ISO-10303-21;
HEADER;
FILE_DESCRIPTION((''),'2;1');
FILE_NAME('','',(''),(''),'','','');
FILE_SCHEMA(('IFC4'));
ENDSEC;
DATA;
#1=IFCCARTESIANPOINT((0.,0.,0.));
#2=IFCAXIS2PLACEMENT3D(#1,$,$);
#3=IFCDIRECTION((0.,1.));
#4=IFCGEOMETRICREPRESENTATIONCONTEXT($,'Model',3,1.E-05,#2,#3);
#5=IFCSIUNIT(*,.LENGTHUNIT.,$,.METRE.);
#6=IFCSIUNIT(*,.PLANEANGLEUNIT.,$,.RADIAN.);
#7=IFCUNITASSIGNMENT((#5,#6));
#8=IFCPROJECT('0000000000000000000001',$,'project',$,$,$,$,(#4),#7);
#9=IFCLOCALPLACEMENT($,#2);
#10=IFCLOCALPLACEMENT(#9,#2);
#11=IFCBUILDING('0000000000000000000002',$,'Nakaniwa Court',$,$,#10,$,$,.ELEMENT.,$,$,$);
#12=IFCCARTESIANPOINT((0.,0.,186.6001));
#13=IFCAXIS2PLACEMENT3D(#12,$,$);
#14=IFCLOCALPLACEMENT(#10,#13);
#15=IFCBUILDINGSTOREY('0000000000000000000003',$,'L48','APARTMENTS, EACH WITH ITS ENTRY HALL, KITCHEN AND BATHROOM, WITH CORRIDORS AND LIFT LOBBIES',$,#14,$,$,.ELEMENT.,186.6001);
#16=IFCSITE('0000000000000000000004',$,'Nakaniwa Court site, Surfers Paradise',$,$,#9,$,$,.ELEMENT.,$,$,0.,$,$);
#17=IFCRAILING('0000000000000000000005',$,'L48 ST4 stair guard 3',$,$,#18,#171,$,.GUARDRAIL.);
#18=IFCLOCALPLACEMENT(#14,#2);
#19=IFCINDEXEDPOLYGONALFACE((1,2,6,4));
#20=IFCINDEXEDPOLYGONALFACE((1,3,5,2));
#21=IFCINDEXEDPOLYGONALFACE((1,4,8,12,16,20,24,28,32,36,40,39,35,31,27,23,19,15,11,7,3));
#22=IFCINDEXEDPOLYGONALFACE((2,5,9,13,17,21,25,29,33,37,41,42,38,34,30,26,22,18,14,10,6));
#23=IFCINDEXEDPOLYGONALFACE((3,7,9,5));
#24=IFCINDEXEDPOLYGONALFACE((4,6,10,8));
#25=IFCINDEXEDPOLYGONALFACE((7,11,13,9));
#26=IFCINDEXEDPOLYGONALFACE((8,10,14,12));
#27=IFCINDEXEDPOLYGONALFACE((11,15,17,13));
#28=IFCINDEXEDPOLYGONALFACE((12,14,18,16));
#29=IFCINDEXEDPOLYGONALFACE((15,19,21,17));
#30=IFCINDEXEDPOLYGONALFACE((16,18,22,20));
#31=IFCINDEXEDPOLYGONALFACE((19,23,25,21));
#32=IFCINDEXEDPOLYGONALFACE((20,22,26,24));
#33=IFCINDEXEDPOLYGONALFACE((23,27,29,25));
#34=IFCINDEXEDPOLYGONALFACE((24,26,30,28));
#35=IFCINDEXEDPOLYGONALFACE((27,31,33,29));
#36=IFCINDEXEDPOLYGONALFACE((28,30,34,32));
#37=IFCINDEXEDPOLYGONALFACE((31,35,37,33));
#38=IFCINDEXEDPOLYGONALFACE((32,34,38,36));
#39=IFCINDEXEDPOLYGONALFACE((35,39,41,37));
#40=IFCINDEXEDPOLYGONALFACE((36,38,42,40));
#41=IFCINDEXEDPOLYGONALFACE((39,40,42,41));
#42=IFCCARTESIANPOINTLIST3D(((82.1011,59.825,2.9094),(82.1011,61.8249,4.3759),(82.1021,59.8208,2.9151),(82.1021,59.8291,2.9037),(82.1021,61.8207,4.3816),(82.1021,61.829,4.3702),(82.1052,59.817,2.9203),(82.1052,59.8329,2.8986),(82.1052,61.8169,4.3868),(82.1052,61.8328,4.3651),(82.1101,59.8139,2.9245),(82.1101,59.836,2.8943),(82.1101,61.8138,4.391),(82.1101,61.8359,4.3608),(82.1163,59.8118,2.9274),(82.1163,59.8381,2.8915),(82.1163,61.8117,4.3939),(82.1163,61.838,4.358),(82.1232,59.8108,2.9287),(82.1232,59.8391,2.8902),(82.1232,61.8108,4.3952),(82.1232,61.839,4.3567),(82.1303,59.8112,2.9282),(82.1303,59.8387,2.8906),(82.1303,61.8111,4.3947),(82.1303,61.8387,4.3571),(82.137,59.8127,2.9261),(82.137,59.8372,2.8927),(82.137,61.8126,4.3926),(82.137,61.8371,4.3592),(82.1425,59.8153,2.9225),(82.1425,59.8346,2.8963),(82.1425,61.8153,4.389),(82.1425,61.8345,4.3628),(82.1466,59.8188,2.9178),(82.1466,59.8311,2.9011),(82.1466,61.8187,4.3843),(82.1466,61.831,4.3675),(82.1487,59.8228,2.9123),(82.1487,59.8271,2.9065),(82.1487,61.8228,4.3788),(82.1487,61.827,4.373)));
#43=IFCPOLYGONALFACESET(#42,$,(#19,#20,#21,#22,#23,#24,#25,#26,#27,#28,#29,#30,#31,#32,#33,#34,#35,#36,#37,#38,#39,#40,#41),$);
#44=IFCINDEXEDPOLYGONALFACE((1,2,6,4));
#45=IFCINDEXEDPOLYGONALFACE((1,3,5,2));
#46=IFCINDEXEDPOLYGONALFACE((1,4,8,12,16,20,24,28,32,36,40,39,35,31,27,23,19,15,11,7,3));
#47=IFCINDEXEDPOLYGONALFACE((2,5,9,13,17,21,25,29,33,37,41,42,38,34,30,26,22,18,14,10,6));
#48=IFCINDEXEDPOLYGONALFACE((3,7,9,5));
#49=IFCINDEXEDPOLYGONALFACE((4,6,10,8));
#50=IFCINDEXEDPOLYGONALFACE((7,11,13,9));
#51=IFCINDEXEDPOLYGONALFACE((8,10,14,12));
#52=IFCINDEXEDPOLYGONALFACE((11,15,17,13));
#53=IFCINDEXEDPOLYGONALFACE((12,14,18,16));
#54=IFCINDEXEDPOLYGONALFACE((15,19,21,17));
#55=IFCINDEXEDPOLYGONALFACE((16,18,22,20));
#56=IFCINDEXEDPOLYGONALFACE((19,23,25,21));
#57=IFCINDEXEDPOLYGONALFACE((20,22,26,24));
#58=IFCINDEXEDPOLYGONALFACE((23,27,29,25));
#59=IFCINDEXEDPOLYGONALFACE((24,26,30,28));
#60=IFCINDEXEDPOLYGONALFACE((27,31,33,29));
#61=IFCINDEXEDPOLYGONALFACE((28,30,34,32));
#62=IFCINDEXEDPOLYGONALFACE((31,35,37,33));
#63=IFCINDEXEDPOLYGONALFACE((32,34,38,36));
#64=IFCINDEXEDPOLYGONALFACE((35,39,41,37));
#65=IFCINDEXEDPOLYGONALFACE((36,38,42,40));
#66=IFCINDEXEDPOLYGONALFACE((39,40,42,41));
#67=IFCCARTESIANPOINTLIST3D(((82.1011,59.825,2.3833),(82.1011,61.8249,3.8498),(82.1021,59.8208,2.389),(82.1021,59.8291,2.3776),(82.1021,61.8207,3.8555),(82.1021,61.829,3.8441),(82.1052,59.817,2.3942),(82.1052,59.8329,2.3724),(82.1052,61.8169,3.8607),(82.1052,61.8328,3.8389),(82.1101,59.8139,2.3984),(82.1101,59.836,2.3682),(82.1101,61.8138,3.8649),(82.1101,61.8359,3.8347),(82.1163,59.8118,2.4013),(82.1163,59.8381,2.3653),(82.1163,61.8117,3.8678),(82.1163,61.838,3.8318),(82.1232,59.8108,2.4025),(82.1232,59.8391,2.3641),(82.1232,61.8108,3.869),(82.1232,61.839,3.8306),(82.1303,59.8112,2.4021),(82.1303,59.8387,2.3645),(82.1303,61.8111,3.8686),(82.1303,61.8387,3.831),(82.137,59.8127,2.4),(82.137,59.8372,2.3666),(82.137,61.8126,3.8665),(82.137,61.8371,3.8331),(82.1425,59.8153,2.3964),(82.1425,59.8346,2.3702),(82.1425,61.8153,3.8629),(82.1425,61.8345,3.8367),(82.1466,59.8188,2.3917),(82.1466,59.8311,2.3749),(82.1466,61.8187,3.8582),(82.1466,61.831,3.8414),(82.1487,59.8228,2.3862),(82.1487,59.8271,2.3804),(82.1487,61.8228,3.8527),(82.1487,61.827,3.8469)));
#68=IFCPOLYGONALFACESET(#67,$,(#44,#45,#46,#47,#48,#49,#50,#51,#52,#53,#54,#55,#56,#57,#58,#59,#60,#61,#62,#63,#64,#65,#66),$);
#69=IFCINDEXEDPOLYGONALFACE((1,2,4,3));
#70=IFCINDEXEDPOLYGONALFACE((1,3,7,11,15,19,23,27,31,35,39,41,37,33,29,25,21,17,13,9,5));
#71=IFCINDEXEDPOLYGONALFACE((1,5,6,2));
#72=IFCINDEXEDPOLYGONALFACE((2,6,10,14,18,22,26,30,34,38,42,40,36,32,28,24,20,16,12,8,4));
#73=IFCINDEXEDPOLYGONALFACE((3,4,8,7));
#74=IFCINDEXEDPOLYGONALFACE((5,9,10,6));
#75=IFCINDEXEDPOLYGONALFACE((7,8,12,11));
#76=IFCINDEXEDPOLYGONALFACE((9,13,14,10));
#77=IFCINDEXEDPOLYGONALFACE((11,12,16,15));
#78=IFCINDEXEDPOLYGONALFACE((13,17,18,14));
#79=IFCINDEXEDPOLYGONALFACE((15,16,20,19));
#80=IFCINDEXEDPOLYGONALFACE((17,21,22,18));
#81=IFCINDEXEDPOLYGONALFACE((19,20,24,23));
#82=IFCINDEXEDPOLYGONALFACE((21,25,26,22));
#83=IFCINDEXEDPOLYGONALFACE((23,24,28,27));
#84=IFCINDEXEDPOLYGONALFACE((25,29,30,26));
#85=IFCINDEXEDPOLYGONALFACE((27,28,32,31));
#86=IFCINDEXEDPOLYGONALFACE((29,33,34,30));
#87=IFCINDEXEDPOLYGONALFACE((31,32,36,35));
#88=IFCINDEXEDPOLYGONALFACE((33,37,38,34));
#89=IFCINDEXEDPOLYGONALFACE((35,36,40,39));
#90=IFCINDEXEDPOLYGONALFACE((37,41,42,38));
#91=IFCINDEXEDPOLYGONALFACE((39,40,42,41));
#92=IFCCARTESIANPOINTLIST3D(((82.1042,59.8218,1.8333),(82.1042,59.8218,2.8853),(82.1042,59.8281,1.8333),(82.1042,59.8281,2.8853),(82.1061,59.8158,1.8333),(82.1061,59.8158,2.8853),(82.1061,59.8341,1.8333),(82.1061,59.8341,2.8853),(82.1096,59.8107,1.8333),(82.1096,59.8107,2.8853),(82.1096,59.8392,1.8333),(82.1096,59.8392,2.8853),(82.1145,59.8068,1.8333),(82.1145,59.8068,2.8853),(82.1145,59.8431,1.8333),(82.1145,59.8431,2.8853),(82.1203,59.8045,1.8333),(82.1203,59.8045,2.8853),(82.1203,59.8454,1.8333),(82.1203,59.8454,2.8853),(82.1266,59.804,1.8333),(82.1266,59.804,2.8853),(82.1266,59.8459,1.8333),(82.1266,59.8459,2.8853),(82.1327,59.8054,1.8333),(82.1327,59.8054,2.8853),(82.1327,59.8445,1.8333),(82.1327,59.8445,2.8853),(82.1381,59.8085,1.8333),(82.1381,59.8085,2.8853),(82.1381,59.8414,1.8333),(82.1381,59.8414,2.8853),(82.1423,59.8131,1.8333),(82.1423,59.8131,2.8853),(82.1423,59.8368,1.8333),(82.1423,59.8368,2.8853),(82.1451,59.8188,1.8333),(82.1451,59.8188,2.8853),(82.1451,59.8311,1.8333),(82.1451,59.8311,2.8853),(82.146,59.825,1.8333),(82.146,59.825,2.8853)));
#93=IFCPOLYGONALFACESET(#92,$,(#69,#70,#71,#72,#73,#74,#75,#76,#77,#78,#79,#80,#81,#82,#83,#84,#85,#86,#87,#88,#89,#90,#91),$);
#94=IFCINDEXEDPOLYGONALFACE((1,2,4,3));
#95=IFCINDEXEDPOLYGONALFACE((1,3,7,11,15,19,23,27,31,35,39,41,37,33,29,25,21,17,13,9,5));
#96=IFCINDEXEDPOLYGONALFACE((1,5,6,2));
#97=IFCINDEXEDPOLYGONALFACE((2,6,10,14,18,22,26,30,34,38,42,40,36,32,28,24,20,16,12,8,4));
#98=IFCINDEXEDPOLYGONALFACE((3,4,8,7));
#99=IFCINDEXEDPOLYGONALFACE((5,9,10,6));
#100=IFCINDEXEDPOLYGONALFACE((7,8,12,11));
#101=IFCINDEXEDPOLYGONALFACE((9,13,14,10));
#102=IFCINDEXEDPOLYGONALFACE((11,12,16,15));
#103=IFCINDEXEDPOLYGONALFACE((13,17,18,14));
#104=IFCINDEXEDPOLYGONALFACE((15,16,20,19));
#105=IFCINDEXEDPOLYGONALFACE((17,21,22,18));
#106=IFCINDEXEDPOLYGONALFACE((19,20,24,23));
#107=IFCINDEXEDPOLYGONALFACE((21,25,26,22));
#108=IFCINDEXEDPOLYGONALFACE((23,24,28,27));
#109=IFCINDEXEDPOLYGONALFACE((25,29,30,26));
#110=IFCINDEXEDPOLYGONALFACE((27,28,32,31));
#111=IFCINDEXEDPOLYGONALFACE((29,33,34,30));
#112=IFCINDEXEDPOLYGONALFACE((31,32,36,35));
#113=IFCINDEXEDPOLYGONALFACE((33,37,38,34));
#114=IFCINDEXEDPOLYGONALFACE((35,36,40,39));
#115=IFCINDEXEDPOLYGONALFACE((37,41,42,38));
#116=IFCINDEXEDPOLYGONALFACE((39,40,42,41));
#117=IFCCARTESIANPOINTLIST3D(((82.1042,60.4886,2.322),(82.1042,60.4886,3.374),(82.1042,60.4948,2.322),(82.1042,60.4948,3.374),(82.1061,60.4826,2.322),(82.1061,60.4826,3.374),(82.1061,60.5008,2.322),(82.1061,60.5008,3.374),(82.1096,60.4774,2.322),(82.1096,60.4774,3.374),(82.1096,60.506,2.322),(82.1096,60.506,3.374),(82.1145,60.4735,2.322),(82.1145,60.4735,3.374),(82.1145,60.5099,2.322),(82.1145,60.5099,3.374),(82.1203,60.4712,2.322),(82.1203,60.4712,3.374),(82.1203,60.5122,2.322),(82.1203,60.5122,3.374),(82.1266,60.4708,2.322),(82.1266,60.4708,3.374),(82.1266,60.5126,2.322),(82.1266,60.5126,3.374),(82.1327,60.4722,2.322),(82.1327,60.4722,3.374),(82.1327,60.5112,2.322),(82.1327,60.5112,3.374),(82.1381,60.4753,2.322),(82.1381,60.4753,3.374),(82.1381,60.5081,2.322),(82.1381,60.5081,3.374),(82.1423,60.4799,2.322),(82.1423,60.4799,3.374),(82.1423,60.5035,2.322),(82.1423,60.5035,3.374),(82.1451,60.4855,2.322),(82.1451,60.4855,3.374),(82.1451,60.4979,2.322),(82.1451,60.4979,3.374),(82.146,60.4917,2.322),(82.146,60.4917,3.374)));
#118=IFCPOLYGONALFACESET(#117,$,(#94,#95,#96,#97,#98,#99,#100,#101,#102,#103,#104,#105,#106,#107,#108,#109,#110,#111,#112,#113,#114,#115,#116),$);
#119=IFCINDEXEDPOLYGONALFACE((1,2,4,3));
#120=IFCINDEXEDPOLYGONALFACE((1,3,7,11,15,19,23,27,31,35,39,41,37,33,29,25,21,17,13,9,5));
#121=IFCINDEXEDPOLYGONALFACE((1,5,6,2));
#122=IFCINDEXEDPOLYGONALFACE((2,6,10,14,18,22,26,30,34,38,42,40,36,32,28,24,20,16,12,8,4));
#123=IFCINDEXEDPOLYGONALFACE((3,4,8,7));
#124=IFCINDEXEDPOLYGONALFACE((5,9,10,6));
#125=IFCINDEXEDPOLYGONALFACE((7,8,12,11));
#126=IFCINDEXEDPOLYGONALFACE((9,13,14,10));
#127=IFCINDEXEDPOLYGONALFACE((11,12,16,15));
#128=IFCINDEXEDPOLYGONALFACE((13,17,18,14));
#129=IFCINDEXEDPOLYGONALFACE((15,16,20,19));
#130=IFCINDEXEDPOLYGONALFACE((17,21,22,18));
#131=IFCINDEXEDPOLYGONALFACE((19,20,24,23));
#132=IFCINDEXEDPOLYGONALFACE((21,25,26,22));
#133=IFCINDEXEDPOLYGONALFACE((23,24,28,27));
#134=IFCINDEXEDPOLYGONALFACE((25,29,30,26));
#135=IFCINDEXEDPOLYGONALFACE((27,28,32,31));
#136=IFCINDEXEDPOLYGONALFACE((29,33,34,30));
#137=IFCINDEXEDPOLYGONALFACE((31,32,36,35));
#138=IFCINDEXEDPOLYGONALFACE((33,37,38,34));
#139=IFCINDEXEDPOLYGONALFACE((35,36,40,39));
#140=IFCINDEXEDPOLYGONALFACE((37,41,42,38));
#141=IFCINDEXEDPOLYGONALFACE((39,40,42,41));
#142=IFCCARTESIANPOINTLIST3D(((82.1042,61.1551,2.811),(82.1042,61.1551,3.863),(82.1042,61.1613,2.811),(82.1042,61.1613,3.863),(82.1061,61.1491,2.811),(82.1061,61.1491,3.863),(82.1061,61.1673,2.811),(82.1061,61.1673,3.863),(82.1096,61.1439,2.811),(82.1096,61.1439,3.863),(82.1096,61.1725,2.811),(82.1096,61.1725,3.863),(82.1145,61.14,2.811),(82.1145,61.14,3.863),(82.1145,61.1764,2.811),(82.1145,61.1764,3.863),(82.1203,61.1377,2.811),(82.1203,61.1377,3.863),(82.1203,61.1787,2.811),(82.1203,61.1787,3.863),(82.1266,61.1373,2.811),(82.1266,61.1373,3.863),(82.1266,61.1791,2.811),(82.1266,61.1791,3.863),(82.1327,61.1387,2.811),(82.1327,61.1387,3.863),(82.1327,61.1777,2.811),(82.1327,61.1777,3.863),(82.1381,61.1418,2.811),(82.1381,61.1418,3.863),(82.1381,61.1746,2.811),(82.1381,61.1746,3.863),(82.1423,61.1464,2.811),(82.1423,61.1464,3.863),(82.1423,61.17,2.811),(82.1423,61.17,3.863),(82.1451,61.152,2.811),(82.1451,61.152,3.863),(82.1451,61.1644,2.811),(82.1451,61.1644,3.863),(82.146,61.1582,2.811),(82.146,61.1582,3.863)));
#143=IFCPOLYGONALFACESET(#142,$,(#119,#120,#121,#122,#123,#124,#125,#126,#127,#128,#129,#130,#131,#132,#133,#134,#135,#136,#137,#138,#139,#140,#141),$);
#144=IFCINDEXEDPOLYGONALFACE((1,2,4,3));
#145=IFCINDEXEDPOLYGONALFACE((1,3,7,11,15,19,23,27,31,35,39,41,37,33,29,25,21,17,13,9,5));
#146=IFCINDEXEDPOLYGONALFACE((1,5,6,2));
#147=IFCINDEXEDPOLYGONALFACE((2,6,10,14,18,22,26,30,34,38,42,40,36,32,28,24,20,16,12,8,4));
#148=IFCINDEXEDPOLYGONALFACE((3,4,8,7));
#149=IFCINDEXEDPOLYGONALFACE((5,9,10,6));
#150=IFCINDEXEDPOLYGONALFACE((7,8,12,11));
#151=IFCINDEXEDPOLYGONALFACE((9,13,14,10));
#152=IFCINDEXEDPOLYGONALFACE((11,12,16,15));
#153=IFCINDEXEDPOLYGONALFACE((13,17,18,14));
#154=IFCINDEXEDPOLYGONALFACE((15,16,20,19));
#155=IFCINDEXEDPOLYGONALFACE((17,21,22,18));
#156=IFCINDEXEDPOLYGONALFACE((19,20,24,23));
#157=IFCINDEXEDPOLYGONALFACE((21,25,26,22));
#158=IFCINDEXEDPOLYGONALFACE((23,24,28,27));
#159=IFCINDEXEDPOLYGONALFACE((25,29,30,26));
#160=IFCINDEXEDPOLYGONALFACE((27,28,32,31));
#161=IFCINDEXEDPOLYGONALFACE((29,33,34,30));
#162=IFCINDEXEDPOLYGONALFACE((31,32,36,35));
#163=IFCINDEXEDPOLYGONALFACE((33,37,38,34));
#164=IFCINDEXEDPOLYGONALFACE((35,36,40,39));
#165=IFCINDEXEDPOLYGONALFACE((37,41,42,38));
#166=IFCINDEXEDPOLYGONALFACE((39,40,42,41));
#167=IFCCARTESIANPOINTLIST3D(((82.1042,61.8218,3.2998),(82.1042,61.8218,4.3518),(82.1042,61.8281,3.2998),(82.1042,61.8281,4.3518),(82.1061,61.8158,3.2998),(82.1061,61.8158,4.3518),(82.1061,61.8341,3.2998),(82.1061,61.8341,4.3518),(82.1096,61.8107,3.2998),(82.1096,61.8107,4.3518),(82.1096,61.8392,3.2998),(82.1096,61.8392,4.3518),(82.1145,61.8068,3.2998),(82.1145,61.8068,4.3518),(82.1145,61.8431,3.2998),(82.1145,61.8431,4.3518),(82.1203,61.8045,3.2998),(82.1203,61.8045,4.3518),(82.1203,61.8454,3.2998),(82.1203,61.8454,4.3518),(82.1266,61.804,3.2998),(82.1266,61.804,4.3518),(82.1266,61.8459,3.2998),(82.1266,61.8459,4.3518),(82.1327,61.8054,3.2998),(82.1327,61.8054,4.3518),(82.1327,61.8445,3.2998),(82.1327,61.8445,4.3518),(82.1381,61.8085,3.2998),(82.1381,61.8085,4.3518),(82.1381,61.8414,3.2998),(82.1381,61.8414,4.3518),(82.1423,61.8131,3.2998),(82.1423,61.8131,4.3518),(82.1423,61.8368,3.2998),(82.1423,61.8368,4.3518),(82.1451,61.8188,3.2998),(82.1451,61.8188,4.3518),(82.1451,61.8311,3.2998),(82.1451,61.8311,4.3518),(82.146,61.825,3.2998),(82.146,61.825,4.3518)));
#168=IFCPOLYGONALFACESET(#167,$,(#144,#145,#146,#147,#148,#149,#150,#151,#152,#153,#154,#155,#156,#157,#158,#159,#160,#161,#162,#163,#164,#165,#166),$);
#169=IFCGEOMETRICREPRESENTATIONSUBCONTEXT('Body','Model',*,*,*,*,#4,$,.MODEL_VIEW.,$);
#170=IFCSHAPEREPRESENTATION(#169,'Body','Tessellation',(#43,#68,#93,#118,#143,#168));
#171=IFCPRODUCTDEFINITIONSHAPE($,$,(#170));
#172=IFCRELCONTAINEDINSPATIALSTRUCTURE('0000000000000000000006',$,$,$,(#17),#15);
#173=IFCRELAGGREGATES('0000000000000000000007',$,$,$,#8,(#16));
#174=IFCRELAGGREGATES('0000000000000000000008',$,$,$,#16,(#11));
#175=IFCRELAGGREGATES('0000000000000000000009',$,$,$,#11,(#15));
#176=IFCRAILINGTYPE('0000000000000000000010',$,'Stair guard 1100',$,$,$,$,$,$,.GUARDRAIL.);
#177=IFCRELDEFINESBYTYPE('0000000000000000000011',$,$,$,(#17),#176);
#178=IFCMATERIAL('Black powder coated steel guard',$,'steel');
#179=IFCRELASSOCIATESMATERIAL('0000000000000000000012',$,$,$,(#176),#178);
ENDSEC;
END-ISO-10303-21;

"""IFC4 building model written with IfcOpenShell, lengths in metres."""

from ifc_helpers import new_model, si_unit, direction, frame, origin, origin_2d, place, context, subcontext, project, spatial, circle, extrude, material, type_object, element, save


model = new_model("IFC4")

# Units and contexts
model_context = context("Model", 3, precision=1e-05, world=origin(), true_north=direction((0.0, 1.0)))
body_context = subcontext(model_context, "Body", "Model", "MODEL_VIEW")
ifc_project = project(units=[si_unit("LENGTHUNIT", "METRE"), si_unit("PLANEANGLEUNIT", "RADIAN")], contexts=[model_context])

# Site, building, storey
site_placement = place(None, origin())
site = spatial("IfcSite", under=ifc_project, at=site_placement, Name="Nakaniwa Court site, Surfers Paradise", CompositionType="ELEMENT", RefElevation=0.0)
building_placement = place(site_placement, origin())
building = spatial("IfcBuilding", under=site, at=building_placement, Name="Nakaniwa Court", CompositionType="ELEMENT")
storey_placement = place(building_placement, frame((0.0, 0.0, 186.6001)))
storey = spatial("IfcBuildingStorey", under=building, at=storey_placement, Name="L48", Description="APARTMENTS, EACH WITH ITS ENTRY HALL, KITCHEN AND BATHROOM, WITH CORRIDORS AND LIFT LOBBIES", CompositionType="ELEMENT", Elevation=186.6001)

# Railing
ifc_material_1 = material(Name="Black powder coated steel guard", Category="steel")
railing_type_1 = type_object("IfcRailingType", Name="Stair guard 1100", PredefinedType="GUARDRAIL", material=ifc_material_1)
railing_1_placement = place(storey_placement, frame((82.125, 59.825, 1.8333)))
element("IfcRailing", 1, at=railing_1_placement, inside=storey, type_object=railing_type_1, Name="L48 ST4 stair guard 3", PredefinedType="GUARDRAIL", context=body_context, shape_type="SweptSolid", body=[
    extrude(circle(Radius=0.0239, at=origin_2d()), frame((0.0, 0.0, 1.0762), z_axis=(0.0, 0.806427, 0.591334), x_axis=(-1.0, 0.0, 0.0)), (0.0, 0.0, 1.0), 2.48),
    extrude(circle(Radius=0.0239, at=origin_2d()), frame((0.0, 0.0, 0.55), z_axis=(0.0, 0.806427, 0.591334), x_axis=(-1.0, 0.0, 0.0)), (0.0, 0.0, 1.0), 2.48),
    extrude(circle(Radius=0.021, at=origin_2d()), origin(), (0.0, 0.0, 1.0), 1.052),
    extrude(circle(Radius=0.021, at=origin_2d()), frame((0.0, 0.6667, 0.4888)), (0.0, 0.0, 1.0), 1.052),
    extrude(circle(Radius=0.021, at=origin_2d()), frame((0.0, 1.3333, 0.9778)), (0.0, 0.0, 1.0), 1.052),
    extrude(circle(Radius=0.021, at=origin_2d()), frame((0.0, 2.0, 1.4666)), (0.0, 0.0, 1.0), 1.052),
])

save(model, "model.ifc")
